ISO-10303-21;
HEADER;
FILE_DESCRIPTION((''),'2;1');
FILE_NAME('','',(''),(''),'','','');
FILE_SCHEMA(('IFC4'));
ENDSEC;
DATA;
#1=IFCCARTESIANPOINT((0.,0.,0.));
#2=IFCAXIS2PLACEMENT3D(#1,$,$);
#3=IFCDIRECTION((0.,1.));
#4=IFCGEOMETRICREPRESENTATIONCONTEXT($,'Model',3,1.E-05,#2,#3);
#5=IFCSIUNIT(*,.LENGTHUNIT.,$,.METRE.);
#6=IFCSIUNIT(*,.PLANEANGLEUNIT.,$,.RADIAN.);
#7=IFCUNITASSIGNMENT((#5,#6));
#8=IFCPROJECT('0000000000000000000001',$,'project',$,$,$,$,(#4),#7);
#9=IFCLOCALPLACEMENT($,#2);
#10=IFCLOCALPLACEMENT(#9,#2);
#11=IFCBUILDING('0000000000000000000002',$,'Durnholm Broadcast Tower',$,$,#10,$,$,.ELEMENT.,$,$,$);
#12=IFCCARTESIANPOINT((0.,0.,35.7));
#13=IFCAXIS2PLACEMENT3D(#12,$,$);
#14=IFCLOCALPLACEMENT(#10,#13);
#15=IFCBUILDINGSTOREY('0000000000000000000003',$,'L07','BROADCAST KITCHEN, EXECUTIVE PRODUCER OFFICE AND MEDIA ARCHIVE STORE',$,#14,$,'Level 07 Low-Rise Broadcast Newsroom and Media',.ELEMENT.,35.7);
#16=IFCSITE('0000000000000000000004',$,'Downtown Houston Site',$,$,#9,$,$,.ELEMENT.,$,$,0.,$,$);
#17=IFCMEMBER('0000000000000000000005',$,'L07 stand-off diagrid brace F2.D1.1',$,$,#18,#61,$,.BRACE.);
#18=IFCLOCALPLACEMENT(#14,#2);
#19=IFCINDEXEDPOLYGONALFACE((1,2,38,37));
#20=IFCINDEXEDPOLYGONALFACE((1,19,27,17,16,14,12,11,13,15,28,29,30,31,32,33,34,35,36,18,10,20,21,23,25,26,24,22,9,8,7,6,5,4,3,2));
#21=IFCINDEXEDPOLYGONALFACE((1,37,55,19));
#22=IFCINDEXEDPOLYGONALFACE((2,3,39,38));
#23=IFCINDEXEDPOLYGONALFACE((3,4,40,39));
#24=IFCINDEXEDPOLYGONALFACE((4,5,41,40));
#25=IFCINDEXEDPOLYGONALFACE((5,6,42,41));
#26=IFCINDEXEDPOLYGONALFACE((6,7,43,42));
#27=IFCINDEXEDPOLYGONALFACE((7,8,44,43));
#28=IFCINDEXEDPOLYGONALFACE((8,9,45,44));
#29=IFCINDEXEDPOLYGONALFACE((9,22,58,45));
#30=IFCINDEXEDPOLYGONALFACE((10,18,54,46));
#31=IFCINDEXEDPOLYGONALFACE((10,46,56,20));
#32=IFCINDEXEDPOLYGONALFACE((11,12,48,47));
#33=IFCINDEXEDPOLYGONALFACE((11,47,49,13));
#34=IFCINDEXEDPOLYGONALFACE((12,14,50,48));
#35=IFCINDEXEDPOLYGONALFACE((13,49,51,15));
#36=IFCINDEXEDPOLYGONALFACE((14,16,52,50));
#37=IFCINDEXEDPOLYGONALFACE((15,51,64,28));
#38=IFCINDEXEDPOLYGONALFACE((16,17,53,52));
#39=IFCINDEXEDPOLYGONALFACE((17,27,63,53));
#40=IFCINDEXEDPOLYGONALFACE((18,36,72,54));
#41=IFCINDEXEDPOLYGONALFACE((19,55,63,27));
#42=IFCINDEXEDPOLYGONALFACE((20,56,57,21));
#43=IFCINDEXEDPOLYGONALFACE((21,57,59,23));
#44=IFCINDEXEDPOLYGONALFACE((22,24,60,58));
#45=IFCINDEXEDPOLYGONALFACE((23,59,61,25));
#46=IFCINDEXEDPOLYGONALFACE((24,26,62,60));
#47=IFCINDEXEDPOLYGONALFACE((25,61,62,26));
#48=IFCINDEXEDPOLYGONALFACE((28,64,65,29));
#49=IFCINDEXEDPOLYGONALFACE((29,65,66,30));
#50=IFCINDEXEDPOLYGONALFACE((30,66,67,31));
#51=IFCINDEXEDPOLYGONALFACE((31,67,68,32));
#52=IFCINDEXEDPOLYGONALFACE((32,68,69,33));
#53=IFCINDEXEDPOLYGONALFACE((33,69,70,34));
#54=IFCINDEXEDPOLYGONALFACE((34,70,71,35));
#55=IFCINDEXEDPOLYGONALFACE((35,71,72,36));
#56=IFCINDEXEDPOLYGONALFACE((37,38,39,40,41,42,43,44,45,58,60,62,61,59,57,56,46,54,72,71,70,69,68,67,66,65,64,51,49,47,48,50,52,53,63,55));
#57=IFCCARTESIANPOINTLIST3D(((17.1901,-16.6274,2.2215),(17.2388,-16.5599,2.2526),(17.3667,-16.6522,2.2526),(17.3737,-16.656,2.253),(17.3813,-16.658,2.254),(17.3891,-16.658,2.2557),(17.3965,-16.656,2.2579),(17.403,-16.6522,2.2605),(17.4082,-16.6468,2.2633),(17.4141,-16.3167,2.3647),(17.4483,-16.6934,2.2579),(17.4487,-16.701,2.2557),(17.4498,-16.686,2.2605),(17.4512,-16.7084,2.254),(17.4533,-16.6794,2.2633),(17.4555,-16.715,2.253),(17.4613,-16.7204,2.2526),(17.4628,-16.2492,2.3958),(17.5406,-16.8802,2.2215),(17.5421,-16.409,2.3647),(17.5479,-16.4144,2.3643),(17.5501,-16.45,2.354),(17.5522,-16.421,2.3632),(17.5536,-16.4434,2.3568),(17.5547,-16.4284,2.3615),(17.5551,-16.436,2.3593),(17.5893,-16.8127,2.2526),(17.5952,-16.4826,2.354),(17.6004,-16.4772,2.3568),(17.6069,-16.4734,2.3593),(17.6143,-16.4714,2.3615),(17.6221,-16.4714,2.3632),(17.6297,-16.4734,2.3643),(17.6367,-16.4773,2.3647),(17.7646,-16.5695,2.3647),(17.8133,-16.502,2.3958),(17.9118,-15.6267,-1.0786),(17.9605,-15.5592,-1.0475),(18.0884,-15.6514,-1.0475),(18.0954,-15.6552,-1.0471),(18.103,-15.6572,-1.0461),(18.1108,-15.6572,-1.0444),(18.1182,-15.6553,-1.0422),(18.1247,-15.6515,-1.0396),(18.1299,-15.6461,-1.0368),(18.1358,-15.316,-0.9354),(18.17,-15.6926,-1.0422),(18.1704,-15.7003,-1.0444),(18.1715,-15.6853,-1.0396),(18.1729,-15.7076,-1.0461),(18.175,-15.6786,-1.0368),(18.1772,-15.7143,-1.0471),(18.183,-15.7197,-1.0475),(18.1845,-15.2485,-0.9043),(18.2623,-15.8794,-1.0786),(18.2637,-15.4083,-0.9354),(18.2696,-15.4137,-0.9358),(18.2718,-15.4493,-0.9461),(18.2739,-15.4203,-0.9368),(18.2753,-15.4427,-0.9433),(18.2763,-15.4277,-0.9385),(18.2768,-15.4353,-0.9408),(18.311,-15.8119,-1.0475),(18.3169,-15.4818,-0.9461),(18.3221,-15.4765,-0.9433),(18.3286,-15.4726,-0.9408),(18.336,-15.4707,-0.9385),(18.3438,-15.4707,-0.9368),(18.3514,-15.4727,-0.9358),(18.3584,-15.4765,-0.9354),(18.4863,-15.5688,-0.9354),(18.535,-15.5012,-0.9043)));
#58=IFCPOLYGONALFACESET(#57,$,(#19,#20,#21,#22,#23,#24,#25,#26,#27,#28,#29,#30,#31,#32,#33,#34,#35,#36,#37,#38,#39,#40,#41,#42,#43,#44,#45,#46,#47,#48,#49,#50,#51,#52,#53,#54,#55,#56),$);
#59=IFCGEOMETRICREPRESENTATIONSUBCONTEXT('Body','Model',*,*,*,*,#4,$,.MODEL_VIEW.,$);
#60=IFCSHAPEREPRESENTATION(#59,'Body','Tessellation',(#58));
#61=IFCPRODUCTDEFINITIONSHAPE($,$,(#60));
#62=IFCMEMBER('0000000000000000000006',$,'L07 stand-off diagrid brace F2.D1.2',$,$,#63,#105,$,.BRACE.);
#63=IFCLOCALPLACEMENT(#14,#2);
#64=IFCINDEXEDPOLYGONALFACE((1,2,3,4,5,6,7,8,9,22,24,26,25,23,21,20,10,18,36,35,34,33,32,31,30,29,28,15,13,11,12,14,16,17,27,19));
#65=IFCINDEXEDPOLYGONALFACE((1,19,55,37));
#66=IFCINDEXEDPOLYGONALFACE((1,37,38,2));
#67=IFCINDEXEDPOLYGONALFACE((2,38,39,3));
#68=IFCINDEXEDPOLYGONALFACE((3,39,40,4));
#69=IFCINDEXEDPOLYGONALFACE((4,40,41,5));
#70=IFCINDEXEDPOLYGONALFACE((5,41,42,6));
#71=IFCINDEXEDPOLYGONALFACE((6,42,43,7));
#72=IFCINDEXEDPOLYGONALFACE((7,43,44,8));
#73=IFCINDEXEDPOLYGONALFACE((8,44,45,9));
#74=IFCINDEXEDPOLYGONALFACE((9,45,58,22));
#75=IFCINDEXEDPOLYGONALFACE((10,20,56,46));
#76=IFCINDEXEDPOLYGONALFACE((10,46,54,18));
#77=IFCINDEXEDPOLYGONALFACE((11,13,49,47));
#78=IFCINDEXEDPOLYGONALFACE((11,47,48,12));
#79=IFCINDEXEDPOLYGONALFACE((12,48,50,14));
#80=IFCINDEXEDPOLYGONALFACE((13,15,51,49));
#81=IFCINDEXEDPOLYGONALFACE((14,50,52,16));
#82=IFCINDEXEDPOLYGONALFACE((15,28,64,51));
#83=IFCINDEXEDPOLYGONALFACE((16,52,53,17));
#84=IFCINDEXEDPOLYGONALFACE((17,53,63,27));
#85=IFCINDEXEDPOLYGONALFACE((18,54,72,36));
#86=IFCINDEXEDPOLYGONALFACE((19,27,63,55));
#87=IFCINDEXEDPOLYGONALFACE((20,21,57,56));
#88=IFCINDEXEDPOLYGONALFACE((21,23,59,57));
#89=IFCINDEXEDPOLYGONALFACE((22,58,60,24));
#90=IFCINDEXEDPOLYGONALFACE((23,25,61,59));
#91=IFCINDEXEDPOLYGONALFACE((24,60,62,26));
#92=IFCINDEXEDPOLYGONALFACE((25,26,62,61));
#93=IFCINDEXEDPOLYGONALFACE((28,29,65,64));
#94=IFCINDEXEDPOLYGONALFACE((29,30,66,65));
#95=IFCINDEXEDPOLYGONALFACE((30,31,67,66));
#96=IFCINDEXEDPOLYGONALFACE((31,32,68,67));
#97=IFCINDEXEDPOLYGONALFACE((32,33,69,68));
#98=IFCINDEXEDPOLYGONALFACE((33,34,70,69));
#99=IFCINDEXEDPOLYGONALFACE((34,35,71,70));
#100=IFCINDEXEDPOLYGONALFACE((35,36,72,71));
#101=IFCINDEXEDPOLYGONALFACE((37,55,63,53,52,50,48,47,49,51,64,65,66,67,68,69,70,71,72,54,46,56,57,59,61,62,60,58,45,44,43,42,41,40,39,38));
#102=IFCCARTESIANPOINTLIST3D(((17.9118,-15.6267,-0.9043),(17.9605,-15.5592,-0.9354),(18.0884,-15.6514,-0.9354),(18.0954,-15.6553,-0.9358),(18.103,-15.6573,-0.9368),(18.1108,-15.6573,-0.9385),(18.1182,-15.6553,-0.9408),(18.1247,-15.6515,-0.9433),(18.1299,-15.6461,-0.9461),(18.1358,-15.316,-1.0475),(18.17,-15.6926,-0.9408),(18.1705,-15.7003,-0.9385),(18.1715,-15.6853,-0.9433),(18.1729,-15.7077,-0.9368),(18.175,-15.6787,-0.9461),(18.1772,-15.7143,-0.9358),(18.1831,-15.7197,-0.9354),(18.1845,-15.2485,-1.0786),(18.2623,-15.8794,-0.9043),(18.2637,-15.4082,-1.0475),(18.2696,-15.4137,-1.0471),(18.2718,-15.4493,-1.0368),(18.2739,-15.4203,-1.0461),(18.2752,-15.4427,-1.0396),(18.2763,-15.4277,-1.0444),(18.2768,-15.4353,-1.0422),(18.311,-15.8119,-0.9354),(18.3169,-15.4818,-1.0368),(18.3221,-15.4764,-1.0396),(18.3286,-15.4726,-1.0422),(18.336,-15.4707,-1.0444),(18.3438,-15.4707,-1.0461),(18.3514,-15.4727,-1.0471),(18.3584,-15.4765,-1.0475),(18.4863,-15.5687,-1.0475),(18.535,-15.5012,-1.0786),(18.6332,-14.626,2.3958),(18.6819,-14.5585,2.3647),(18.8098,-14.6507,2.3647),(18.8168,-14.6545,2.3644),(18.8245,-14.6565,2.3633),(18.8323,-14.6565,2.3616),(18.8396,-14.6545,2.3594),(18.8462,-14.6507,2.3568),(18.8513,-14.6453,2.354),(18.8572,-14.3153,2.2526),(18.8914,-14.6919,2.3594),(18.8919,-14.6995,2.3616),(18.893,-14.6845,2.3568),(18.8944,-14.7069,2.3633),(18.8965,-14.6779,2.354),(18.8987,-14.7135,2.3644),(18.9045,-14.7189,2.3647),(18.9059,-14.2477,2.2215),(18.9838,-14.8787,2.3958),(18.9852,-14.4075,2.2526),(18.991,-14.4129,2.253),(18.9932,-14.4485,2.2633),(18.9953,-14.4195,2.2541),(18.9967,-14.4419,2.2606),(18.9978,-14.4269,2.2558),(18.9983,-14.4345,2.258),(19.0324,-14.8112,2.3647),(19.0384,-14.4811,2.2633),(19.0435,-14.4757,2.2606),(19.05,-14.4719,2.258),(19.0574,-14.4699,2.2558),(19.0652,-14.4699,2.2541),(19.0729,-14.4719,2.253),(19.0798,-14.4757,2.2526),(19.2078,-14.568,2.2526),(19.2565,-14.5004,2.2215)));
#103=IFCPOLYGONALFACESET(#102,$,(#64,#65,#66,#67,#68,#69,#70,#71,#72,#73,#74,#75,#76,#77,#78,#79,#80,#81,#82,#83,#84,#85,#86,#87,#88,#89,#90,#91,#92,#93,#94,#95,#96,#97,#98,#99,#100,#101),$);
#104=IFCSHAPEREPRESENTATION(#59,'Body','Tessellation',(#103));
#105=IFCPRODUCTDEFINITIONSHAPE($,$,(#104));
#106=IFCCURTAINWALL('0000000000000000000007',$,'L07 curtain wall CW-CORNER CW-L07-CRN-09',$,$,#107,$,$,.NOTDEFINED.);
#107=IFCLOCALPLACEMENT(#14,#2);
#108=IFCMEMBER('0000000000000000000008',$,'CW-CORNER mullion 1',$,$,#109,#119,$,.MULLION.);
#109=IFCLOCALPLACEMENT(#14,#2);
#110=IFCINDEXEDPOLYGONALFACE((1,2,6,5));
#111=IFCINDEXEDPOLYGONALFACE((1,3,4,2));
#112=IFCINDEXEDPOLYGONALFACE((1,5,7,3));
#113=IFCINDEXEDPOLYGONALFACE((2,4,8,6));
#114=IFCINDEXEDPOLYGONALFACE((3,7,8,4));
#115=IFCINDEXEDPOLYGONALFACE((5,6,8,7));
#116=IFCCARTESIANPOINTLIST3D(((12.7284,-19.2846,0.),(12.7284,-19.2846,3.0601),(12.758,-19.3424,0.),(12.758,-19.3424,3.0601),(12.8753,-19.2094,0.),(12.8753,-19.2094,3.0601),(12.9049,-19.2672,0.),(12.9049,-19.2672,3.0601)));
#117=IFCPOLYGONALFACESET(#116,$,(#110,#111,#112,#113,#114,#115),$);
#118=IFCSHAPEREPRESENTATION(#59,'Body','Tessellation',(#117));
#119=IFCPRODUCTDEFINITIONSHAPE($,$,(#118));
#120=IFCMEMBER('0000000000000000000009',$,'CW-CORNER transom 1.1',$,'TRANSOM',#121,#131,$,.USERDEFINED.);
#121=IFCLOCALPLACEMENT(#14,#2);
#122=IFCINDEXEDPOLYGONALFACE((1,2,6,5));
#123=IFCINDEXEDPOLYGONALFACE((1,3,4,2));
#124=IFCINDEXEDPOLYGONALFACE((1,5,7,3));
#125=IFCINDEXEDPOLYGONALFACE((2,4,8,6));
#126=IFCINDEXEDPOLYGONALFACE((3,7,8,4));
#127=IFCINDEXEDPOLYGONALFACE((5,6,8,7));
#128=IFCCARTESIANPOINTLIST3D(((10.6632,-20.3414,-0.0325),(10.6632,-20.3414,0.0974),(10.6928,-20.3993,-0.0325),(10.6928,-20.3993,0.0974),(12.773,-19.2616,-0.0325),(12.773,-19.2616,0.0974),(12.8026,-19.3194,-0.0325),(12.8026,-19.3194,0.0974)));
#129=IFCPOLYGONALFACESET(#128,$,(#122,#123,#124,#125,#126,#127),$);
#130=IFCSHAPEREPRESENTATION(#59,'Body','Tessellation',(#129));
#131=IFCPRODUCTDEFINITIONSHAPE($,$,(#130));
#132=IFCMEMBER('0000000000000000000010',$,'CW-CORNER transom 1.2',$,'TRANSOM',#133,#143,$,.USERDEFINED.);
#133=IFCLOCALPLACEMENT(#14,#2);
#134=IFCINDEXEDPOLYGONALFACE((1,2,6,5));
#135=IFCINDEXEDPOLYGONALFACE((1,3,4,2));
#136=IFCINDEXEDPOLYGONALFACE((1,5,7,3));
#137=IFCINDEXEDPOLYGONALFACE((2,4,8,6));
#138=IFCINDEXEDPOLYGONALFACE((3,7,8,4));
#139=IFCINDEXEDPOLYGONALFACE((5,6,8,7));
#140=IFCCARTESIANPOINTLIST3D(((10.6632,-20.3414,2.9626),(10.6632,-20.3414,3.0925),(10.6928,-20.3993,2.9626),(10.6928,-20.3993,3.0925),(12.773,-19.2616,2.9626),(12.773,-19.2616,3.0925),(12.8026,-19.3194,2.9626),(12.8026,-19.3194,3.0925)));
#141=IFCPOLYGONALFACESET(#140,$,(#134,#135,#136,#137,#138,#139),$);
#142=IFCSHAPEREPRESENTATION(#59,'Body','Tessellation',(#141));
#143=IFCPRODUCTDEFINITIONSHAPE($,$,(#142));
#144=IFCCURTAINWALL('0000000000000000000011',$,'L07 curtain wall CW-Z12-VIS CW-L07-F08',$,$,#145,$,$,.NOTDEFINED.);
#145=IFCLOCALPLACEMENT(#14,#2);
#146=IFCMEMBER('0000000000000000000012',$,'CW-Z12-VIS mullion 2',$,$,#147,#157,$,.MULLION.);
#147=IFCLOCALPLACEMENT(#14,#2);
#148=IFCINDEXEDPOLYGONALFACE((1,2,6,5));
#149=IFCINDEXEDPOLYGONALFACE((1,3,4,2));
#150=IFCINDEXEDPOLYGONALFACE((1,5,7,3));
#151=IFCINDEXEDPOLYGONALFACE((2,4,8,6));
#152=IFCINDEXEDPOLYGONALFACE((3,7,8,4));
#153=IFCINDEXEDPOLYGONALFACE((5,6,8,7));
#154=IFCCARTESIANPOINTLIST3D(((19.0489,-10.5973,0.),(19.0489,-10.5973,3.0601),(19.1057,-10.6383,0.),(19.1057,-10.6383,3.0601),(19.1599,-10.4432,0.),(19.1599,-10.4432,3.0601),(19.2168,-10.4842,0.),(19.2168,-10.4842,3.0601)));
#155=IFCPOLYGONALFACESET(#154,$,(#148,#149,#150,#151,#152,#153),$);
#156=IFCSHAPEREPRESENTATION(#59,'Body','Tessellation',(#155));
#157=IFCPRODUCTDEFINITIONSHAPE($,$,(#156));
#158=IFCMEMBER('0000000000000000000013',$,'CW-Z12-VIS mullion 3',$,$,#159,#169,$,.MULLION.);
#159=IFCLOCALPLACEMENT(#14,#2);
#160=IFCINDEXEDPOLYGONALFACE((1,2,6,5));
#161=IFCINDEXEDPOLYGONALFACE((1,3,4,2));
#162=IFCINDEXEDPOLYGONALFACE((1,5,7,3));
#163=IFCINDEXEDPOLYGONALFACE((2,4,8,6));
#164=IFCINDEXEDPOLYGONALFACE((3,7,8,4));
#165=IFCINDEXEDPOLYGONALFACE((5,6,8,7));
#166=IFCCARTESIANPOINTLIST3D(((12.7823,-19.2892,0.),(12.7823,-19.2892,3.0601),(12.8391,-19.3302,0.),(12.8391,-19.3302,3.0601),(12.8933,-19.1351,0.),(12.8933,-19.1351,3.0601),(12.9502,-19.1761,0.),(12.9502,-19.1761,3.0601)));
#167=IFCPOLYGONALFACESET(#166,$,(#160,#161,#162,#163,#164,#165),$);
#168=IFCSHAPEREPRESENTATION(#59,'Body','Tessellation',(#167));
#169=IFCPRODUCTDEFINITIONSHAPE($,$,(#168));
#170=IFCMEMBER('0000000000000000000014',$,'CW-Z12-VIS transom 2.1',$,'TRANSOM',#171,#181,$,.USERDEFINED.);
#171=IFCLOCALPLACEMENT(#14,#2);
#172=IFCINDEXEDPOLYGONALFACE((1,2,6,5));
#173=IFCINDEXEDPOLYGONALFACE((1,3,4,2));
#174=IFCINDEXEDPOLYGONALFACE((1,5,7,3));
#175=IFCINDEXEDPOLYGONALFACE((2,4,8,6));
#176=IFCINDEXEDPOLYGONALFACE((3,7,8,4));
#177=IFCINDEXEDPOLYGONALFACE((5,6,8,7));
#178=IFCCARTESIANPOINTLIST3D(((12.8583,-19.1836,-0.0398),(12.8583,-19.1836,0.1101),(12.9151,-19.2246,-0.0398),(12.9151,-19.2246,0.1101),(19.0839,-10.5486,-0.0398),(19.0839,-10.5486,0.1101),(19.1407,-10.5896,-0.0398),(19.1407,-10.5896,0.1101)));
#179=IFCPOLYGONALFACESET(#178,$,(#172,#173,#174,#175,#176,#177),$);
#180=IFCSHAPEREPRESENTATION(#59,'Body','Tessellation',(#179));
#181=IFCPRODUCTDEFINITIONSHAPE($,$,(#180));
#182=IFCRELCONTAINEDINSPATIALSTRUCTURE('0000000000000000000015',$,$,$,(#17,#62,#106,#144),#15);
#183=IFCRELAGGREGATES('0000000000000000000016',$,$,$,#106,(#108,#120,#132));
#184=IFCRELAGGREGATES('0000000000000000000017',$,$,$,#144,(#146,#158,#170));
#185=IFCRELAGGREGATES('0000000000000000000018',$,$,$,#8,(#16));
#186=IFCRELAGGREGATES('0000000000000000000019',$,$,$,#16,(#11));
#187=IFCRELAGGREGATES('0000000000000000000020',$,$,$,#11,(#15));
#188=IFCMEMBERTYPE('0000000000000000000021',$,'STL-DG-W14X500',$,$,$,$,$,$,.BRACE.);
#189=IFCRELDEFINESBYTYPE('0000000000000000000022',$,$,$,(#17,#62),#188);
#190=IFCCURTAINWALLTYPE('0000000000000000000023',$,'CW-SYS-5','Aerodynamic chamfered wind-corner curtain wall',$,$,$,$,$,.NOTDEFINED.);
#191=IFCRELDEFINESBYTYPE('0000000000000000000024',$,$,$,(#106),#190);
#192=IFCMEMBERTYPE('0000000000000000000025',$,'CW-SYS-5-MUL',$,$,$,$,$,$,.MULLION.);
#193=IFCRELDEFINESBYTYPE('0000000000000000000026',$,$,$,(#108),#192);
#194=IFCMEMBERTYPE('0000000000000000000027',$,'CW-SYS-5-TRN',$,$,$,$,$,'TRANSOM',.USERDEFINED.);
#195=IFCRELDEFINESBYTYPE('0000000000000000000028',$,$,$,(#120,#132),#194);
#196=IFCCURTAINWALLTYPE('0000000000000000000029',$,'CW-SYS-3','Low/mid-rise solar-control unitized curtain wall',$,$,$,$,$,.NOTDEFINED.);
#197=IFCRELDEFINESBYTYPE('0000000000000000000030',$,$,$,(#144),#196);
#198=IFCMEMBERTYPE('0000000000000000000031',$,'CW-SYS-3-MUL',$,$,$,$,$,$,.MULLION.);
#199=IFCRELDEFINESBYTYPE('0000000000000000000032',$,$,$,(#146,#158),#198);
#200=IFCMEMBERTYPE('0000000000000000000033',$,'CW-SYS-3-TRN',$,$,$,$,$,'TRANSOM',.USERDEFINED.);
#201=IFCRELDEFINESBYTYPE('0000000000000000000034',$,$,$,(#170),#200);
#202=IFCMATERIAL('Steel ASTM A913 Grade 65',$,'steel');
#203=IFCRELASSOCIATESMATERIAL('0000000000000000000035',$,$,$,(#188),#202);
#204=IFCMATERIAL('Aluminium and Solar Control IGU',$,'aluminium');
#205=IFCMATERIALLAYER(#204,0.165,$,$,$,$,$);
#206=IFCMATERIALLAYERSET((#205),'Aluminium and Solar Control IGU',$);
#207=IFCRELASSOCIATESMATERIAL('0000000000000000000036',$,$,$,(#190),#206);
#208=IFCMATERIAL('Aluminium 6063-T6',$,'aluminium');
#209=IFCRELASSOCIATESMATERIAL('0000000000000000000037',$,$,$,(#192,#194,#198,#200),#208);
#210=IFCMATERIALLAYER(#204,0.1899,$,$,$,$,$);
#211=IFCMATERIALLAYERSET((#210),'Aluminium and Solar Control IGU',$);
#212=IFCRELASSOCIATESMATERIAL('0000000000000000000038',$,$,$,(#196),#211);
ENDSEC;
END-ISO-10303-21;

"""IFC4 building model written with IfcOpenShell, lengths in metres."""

from ifc_helpers import new_model, si_unit, direction, frame, origin, origin_2d, place, context, subcontext, project, spatial, rectangle, i_section, extrude, source, transform, mapped, material, layer, layer_set, material_profile, profile_set, type_object, type_shapes, element, aggregate, save


model = new_model("IFC4")

# Units and contexts
model_context = context("Model", 3, precision=1e-05, world=origin(), true_north=direction((0.0, 1.0)))
body_context = subcontext(model_context, "Body", "Model", "MODEL_VIEW")
ifc_project = project(units=[si_unit("LENGTHUNIT", "METRE"), si_unit("PLANEANGLEUNIT", "RADIAN")], contexts=[model_context])

# Site, building, storey
site_placement = place(None, origin())
site = spatial("IfcSite", under=ifc_project, at=site_placement, Name="Downtown Houston Site", CompositionType="ELEMENT", RefElevation=0.0)
building_placement = place(site_placement, origin())
building = spatial("IfcBuilding", under=site, at=building_placement, Name="Durnholm Broadcast Tower", CompositionType="ELEMENT")
storey_placement = place(building_placement, frame((0.0, 0.0, 35.7)))
storey = spatial("IfcBuildingStorey", under=building, at=storey_placement, Name="L07", Description="BROADCAST KITCHEN, EXECUTIVE PRODUCER OFFICE AND MEDIA ARCHIVE STORE", LongName="Level 07 Low-Rise Broadcast Newsroom and Media", CompositionType="ELEMENT", Elevation=35.7)

# Members
ifc_material_1 = material(Name="Steel ASTM A913 Grade 65", Category="steel")
ifc_material_profile_1 = material_profile(ifc_material_1, i_section(OverallWidth=0.4321, OverallDepth=0.4978, WebThickness=0.0557, FlangeThickness=0.0889, FilletRadius=0.0305, at=origin_2d()), Name="W14X500")
ifc_profile_set_1 = profile_set([ifc_material_profile_1], Name="Steel ASTM A913 Grade 65")
member_type_1 = type_object("IfcMemberType", Name="STL-DG-W14X500", PredefinedType="BRACE", material=ifc_profile_set_1)
shared_shape_1 = source(origin(), body_context, "Body", "SweptSolid", [
    extrude(i_section(OverallWidth=0.4321, OverallDepth=0.4978, WebThickness=0.0557, FlangeThickness=0.0889, FilletRadius=0.0305, at=origin_2d()), origin(), (0.0, 0.0, 1.0), 3.5232),
])
type_shapes(member_type_1, [shared_shape_1])
for number, where, z_axis, x_axis, name in (
    (1, (18.2234, -15.564, -0.9915), (-0.204839, -0.284045, 0.936675), (0.811091, -0.58492, 0.0), "L07 stand-off diagrid brace F2.D1.1"),
    (2, (18.2234, -15.564, -0.9915), (0.204773, 0.284049, 0.936688), (-0.811185, 0.584789, 0.0), "L07 stand-off diagrid brace F2.D1.2"),
):
    element("IfcMember", number, at=place(storey_placement, frame(where, z_axis=z_axis, x_axis=x_axis)), inside=storey, type_object=member_type_1, Name=name, PredefinedType="BRACE", context=body_context, shape_type="MappedRepresentation", body=[
        mapped(shared_shape_1, transform((0.0, 0.0, 0.0), x_axis=(1.0, 0.0, 0.0), y_axis=(0.0, 1.0, 0.0), z_axis=(0.0, 0.0, 1.0), scale=1.0)),
    ])

# Curtain wall, members
ifc_material_2 = material(Name="Aluminium and Solar Control IGU", Category="aluminium")
ifc_layer_1 = layer(ifc_material_2, 0.165)
ifc_layer_set_1 = layer_set([ifc_layer_1], Name="Aluminium and Solar Control IGU")
curtain_wall_type_1 = type_object("IfcCurtainWallType", Name="CW-SYS-5", Description="Aerodynamic chamfered wind-corner curtain wall", PredefinedType="NOTDEFINED", material=ifc_layer_set_1)
curtain_wall_1_placement = place(storey_placement, origin())
curtain_wall_1 = element("IfcCurtainWall", 3, at=curtain_wall_1_placement, inside=storey, type_object=curtain_wall_type_1, Name="L07 curtain wall CW-CORNER CW-L07-CRN-09", PredefinedType="NOTDEFINED")
ifc_material_3 = material(Name="Aluminium 6063-T6", Category="aluminium")
ifc_material_profile_2 = material_profile(ifc_material_3, rectangle(XDim=0.0649, YDim=0.165, at=origin_2d()), Name="CWM65X165")
ifc_profile_set_2 = profile_set([ifc_material_profile_2], Name="Aluminium 6063-T6")
member_type_2 = type_object("IfcMemberType", Name="CW-SYS-5-MUL", PredefinedType="MULLION", material=ifc_profile_set_2)
shared_shape_2 = source(origin(), body_context, "Body", "SweptSolid", [
    extrude(rectangle(XDim=0.0649, YDim=0.165, at=origin_2d()), origin(), (0.0, 0.0, 1.0), 3.0601),
])
type_shapes(member_type_2, [shared_shape_2])
member_1_placement = place(storey_placement, frame((12.8167, -19.2759, 0.0), z_axis=(0.0, 0.0, 1.0), x_axis=(0.455594, -0.890188, 0.0)))
member_1 = element("IfcMember", 4, at=member_1_placement, type_object=member_type_2, Name="CW-CORNER mullion 1", PredefinedType="MULLION", context=body_context, shape_type="MappedRepresentation", body=[
    mapped(shared_shape_2, transform((0.0, 0.0, 0.0), x_axis=(1.0, 0.0, 0.0), y_axis=(0.0, 1.0, 0.0), z_axis=(0.0, 0.0, 1.0), scale=1.0)),
])
ifc_material_profile_3 = material_profile(ifc_material_3, rectangle(XDim=0.0649, YDim=0.1299, at=origin_2d()), Name="CWT65X130")
ifc_profile_set_3 = profile_set([ifc_material_profile_3], Name="Aluminium 6063-T6")
member_type_3 = type_object("IfcMemberType", Name="CW-SYS-5-TRN", ElementType="TRANSOM", PredefinedType="USERDEFINED", material=ifc_profile_set_3)
shared_shape_3 = source(origin(), body_context, "Body", "SweptSolid", [
    extrude(rectangle(XDim=0.0649, YDim=0.1299, at=origin_2d()), origin(), (0.0, 0.0, 1.0), 2.3701),
])
type_shapes(member_type_3, [shared_shape_3])
member_2_placement = place(storey_placement, frame((12.7878, -19.2905, 0.0325), z_axis=(-0.890185, -0.455599, 0.0), x_axis=(0.455599, -0.890185, 0.0)))
member_2 = element("IfcMember", 5, at=member_2_placement, type_object=member_type_3, Name="CW-CORNER transom 1.1", ObjectType="TRANSOM", PredefinedType="USERDEFINED", context=body_context, shape_type="MappedRepresentation", body=[
    mapped(shared_shape_3, transform((0.0, 0.0, 0.0), x_axis=(1.0, 0.0, 0.0), y_axis=(0.0, 1.0, 0.0), z_axis=(0.0, 0.0, 1.0), scale=1.0)),
])
member_3_placement = place(storey_placement, frame((12.7878, -19.2905, 3.0276), z_axis=(-0.890185, -0.455599, 0.0), x_axis=(0.455599, -0.890185, 0.0)))
member_3 = element("IfcMember", 6, at=member_3_placement, type_object=member_type_3, Name="CW-CORNER transom 1.2", ObjectType="TRANSOM", PredefinedType="USERDEFINED", context=body_context, shape_type="MappedRepresentation", body=[
    mapped(shared_shape_3, transform((0.0, 0.0, 0.0), x_axis=(1.0, 0.0, 0.0), y_axis=(0.0, 1.0, 0.0), z_axis=(0.0, 0.0, 1.0), scale=1.0)),
])
aggregate(curtain_wall_1, [member_1, member_2, member_3])

# Curtain wall, members
ifc_layer_2 = layer(ifc_material_2, 0.1899)
ifc_layer_set_2 = layer_set([ifc_layer_2], Name="Aluminium and Solar Control IGU")
curtain_wall_type_2 = type_object("IfcCurtainWallType", Name="CW-SYS-3", Description="Low/mid-rise solar-control unitized curtain wall", PredefinedType="NOTDEFINED", material=ifc_layer_set_2)
curtain_wall_2_placement = place(storey_placement, origin())
curtain_wall_2 = element("IfcCurtainWall", 7, at=curtain_wall_2_placement, inside=storey, type_object=curtain_wall_type_2, Name="L07 curtain wall CW-Z12-VIS CW-L07-F08", PredefinedType="NOTDEFINED")
ifc_material_profile_4 = material_profile(ifc_material_3, rectangle(XDim=0.0701, YDim=0.1899, at=origin_2d()), Name="CWM70X190")
ifc_profile_set_4 = profile_set([ifc_material_profile_4], Name="Aluminium 6063-T6")
member_type_4 = type_object("IfcMemberType", Name="CW-SYS-3-MUL", PredefinedType="MULLION", material=ifc_profile_set_4)
shared_shape_4 = source(origin(), body_context, "Body", "SweptSolid", [
    extrude(rectangle(XDim=0.0701, YDim=0.1899, at=origin_2d()), origin(), (0.0, 0.0, 1.0), 3.0601),
])
type_shapes(member_type_4, [shared_shape_4])
member_4_placement = place(storey_placement, frame((19.1328, -10.5408, 0.0), z_axis=(0.0, 0.0, 1.0), x_axis=(0.811161, -0.584823, 0.0)))
member_4 = element("IfcMember", 8, at=member_4_placement, type_object=member_type_4, Name="CW-Z12-VIS mullion 2", PredefinedType="MULLION", context=body_context, shape_type="MappedRepresentation", body=[
    mapped(shared_shape_4, transform((0.0, 0.0, 0.0), x_axis=(1.0, 0.0, 0.0), y_axis=(0.0, 1.0, 0.0), z_axis=(0.0, 0.0, 1.0), scale=1.0)),
])
member_5_placement = place(storey_placement, frame((12.8662, -19.2327, 0.0), z_axis=(0.0, 0.0, 1.0), x_axis=(0.811161, -0.584823, 0.0)))
member_5 = element("IfcMember", 9, at=member_5_placement, type_object=member_type_4, Name="CW-Z12-VIS mullion 3", PredefinedType="MULLION", context=body_context, shape_type="MappedRepresentation", body=[
    mapped(shared_shape_4, transform((0.0, 0.0, 0.0), x_axis=(1.0, 0.0, 0.0), y_axis=(0.0, 1.0, 0.0), z_axis=(0.0, 0.0, 1.0), scale=1.0)),
])
ifc_material_profile_5 = material_profile(ifc_material_3, rectangle(XDim=0.0701, YDim=0.1499, at=origin_2d()), Name="CWT70X150")
ifc_profile_set_5 = profile_set([ifc_material_profile_5], Name="Aluminium 6063-T6")
member_type_5 = type_object("IfcMemberType", Name="CW-SYS-3-TRN", ElementType="TRANSOM", PredefinedType="USERDEFINED", material=ifc_profile_set_5)
shared_shape_5 = source(origin(), body_context, "Body", "SweptSolid", [
    extrude(rectangle(XDim=0.0701, YDim=0.1499, at=origin_2d()), origin(), (0.0, 0.0, 1.0), 10.6453),
])
type_shapes(member_type_5, [shared_shape_5])
member_6_placement = place(storey_placement, frame((19.1123, -10.5691, 0.0352), z_axis=(-0.584823, -0.811161, 0.0), x_axis=(0.811161, -0.584823, 0.0)))
member_6 = element("IfcMember", 10, at=member_6_placement, type_object=member_type_5, Name="CW-Z12-VIS transom 2.1", ObjectType="TRANSOM", PredefinedType="USERDEFINED", context=body_context, shape_type="MappedRepresentation", body=[
    mapped(shared_shape_5, transform((0.0, 0.0, 0.0), x_axis=(1.0, 0.0, 0.0), y_axis=(0.0, 1.0, 0.0), z_axis=(0.0, 0.0, 1.0), scale=1.0)),
])
aggregate(curtain_wall_2, [member_4, member_5, member_6])

save(model, "model.ifc")
